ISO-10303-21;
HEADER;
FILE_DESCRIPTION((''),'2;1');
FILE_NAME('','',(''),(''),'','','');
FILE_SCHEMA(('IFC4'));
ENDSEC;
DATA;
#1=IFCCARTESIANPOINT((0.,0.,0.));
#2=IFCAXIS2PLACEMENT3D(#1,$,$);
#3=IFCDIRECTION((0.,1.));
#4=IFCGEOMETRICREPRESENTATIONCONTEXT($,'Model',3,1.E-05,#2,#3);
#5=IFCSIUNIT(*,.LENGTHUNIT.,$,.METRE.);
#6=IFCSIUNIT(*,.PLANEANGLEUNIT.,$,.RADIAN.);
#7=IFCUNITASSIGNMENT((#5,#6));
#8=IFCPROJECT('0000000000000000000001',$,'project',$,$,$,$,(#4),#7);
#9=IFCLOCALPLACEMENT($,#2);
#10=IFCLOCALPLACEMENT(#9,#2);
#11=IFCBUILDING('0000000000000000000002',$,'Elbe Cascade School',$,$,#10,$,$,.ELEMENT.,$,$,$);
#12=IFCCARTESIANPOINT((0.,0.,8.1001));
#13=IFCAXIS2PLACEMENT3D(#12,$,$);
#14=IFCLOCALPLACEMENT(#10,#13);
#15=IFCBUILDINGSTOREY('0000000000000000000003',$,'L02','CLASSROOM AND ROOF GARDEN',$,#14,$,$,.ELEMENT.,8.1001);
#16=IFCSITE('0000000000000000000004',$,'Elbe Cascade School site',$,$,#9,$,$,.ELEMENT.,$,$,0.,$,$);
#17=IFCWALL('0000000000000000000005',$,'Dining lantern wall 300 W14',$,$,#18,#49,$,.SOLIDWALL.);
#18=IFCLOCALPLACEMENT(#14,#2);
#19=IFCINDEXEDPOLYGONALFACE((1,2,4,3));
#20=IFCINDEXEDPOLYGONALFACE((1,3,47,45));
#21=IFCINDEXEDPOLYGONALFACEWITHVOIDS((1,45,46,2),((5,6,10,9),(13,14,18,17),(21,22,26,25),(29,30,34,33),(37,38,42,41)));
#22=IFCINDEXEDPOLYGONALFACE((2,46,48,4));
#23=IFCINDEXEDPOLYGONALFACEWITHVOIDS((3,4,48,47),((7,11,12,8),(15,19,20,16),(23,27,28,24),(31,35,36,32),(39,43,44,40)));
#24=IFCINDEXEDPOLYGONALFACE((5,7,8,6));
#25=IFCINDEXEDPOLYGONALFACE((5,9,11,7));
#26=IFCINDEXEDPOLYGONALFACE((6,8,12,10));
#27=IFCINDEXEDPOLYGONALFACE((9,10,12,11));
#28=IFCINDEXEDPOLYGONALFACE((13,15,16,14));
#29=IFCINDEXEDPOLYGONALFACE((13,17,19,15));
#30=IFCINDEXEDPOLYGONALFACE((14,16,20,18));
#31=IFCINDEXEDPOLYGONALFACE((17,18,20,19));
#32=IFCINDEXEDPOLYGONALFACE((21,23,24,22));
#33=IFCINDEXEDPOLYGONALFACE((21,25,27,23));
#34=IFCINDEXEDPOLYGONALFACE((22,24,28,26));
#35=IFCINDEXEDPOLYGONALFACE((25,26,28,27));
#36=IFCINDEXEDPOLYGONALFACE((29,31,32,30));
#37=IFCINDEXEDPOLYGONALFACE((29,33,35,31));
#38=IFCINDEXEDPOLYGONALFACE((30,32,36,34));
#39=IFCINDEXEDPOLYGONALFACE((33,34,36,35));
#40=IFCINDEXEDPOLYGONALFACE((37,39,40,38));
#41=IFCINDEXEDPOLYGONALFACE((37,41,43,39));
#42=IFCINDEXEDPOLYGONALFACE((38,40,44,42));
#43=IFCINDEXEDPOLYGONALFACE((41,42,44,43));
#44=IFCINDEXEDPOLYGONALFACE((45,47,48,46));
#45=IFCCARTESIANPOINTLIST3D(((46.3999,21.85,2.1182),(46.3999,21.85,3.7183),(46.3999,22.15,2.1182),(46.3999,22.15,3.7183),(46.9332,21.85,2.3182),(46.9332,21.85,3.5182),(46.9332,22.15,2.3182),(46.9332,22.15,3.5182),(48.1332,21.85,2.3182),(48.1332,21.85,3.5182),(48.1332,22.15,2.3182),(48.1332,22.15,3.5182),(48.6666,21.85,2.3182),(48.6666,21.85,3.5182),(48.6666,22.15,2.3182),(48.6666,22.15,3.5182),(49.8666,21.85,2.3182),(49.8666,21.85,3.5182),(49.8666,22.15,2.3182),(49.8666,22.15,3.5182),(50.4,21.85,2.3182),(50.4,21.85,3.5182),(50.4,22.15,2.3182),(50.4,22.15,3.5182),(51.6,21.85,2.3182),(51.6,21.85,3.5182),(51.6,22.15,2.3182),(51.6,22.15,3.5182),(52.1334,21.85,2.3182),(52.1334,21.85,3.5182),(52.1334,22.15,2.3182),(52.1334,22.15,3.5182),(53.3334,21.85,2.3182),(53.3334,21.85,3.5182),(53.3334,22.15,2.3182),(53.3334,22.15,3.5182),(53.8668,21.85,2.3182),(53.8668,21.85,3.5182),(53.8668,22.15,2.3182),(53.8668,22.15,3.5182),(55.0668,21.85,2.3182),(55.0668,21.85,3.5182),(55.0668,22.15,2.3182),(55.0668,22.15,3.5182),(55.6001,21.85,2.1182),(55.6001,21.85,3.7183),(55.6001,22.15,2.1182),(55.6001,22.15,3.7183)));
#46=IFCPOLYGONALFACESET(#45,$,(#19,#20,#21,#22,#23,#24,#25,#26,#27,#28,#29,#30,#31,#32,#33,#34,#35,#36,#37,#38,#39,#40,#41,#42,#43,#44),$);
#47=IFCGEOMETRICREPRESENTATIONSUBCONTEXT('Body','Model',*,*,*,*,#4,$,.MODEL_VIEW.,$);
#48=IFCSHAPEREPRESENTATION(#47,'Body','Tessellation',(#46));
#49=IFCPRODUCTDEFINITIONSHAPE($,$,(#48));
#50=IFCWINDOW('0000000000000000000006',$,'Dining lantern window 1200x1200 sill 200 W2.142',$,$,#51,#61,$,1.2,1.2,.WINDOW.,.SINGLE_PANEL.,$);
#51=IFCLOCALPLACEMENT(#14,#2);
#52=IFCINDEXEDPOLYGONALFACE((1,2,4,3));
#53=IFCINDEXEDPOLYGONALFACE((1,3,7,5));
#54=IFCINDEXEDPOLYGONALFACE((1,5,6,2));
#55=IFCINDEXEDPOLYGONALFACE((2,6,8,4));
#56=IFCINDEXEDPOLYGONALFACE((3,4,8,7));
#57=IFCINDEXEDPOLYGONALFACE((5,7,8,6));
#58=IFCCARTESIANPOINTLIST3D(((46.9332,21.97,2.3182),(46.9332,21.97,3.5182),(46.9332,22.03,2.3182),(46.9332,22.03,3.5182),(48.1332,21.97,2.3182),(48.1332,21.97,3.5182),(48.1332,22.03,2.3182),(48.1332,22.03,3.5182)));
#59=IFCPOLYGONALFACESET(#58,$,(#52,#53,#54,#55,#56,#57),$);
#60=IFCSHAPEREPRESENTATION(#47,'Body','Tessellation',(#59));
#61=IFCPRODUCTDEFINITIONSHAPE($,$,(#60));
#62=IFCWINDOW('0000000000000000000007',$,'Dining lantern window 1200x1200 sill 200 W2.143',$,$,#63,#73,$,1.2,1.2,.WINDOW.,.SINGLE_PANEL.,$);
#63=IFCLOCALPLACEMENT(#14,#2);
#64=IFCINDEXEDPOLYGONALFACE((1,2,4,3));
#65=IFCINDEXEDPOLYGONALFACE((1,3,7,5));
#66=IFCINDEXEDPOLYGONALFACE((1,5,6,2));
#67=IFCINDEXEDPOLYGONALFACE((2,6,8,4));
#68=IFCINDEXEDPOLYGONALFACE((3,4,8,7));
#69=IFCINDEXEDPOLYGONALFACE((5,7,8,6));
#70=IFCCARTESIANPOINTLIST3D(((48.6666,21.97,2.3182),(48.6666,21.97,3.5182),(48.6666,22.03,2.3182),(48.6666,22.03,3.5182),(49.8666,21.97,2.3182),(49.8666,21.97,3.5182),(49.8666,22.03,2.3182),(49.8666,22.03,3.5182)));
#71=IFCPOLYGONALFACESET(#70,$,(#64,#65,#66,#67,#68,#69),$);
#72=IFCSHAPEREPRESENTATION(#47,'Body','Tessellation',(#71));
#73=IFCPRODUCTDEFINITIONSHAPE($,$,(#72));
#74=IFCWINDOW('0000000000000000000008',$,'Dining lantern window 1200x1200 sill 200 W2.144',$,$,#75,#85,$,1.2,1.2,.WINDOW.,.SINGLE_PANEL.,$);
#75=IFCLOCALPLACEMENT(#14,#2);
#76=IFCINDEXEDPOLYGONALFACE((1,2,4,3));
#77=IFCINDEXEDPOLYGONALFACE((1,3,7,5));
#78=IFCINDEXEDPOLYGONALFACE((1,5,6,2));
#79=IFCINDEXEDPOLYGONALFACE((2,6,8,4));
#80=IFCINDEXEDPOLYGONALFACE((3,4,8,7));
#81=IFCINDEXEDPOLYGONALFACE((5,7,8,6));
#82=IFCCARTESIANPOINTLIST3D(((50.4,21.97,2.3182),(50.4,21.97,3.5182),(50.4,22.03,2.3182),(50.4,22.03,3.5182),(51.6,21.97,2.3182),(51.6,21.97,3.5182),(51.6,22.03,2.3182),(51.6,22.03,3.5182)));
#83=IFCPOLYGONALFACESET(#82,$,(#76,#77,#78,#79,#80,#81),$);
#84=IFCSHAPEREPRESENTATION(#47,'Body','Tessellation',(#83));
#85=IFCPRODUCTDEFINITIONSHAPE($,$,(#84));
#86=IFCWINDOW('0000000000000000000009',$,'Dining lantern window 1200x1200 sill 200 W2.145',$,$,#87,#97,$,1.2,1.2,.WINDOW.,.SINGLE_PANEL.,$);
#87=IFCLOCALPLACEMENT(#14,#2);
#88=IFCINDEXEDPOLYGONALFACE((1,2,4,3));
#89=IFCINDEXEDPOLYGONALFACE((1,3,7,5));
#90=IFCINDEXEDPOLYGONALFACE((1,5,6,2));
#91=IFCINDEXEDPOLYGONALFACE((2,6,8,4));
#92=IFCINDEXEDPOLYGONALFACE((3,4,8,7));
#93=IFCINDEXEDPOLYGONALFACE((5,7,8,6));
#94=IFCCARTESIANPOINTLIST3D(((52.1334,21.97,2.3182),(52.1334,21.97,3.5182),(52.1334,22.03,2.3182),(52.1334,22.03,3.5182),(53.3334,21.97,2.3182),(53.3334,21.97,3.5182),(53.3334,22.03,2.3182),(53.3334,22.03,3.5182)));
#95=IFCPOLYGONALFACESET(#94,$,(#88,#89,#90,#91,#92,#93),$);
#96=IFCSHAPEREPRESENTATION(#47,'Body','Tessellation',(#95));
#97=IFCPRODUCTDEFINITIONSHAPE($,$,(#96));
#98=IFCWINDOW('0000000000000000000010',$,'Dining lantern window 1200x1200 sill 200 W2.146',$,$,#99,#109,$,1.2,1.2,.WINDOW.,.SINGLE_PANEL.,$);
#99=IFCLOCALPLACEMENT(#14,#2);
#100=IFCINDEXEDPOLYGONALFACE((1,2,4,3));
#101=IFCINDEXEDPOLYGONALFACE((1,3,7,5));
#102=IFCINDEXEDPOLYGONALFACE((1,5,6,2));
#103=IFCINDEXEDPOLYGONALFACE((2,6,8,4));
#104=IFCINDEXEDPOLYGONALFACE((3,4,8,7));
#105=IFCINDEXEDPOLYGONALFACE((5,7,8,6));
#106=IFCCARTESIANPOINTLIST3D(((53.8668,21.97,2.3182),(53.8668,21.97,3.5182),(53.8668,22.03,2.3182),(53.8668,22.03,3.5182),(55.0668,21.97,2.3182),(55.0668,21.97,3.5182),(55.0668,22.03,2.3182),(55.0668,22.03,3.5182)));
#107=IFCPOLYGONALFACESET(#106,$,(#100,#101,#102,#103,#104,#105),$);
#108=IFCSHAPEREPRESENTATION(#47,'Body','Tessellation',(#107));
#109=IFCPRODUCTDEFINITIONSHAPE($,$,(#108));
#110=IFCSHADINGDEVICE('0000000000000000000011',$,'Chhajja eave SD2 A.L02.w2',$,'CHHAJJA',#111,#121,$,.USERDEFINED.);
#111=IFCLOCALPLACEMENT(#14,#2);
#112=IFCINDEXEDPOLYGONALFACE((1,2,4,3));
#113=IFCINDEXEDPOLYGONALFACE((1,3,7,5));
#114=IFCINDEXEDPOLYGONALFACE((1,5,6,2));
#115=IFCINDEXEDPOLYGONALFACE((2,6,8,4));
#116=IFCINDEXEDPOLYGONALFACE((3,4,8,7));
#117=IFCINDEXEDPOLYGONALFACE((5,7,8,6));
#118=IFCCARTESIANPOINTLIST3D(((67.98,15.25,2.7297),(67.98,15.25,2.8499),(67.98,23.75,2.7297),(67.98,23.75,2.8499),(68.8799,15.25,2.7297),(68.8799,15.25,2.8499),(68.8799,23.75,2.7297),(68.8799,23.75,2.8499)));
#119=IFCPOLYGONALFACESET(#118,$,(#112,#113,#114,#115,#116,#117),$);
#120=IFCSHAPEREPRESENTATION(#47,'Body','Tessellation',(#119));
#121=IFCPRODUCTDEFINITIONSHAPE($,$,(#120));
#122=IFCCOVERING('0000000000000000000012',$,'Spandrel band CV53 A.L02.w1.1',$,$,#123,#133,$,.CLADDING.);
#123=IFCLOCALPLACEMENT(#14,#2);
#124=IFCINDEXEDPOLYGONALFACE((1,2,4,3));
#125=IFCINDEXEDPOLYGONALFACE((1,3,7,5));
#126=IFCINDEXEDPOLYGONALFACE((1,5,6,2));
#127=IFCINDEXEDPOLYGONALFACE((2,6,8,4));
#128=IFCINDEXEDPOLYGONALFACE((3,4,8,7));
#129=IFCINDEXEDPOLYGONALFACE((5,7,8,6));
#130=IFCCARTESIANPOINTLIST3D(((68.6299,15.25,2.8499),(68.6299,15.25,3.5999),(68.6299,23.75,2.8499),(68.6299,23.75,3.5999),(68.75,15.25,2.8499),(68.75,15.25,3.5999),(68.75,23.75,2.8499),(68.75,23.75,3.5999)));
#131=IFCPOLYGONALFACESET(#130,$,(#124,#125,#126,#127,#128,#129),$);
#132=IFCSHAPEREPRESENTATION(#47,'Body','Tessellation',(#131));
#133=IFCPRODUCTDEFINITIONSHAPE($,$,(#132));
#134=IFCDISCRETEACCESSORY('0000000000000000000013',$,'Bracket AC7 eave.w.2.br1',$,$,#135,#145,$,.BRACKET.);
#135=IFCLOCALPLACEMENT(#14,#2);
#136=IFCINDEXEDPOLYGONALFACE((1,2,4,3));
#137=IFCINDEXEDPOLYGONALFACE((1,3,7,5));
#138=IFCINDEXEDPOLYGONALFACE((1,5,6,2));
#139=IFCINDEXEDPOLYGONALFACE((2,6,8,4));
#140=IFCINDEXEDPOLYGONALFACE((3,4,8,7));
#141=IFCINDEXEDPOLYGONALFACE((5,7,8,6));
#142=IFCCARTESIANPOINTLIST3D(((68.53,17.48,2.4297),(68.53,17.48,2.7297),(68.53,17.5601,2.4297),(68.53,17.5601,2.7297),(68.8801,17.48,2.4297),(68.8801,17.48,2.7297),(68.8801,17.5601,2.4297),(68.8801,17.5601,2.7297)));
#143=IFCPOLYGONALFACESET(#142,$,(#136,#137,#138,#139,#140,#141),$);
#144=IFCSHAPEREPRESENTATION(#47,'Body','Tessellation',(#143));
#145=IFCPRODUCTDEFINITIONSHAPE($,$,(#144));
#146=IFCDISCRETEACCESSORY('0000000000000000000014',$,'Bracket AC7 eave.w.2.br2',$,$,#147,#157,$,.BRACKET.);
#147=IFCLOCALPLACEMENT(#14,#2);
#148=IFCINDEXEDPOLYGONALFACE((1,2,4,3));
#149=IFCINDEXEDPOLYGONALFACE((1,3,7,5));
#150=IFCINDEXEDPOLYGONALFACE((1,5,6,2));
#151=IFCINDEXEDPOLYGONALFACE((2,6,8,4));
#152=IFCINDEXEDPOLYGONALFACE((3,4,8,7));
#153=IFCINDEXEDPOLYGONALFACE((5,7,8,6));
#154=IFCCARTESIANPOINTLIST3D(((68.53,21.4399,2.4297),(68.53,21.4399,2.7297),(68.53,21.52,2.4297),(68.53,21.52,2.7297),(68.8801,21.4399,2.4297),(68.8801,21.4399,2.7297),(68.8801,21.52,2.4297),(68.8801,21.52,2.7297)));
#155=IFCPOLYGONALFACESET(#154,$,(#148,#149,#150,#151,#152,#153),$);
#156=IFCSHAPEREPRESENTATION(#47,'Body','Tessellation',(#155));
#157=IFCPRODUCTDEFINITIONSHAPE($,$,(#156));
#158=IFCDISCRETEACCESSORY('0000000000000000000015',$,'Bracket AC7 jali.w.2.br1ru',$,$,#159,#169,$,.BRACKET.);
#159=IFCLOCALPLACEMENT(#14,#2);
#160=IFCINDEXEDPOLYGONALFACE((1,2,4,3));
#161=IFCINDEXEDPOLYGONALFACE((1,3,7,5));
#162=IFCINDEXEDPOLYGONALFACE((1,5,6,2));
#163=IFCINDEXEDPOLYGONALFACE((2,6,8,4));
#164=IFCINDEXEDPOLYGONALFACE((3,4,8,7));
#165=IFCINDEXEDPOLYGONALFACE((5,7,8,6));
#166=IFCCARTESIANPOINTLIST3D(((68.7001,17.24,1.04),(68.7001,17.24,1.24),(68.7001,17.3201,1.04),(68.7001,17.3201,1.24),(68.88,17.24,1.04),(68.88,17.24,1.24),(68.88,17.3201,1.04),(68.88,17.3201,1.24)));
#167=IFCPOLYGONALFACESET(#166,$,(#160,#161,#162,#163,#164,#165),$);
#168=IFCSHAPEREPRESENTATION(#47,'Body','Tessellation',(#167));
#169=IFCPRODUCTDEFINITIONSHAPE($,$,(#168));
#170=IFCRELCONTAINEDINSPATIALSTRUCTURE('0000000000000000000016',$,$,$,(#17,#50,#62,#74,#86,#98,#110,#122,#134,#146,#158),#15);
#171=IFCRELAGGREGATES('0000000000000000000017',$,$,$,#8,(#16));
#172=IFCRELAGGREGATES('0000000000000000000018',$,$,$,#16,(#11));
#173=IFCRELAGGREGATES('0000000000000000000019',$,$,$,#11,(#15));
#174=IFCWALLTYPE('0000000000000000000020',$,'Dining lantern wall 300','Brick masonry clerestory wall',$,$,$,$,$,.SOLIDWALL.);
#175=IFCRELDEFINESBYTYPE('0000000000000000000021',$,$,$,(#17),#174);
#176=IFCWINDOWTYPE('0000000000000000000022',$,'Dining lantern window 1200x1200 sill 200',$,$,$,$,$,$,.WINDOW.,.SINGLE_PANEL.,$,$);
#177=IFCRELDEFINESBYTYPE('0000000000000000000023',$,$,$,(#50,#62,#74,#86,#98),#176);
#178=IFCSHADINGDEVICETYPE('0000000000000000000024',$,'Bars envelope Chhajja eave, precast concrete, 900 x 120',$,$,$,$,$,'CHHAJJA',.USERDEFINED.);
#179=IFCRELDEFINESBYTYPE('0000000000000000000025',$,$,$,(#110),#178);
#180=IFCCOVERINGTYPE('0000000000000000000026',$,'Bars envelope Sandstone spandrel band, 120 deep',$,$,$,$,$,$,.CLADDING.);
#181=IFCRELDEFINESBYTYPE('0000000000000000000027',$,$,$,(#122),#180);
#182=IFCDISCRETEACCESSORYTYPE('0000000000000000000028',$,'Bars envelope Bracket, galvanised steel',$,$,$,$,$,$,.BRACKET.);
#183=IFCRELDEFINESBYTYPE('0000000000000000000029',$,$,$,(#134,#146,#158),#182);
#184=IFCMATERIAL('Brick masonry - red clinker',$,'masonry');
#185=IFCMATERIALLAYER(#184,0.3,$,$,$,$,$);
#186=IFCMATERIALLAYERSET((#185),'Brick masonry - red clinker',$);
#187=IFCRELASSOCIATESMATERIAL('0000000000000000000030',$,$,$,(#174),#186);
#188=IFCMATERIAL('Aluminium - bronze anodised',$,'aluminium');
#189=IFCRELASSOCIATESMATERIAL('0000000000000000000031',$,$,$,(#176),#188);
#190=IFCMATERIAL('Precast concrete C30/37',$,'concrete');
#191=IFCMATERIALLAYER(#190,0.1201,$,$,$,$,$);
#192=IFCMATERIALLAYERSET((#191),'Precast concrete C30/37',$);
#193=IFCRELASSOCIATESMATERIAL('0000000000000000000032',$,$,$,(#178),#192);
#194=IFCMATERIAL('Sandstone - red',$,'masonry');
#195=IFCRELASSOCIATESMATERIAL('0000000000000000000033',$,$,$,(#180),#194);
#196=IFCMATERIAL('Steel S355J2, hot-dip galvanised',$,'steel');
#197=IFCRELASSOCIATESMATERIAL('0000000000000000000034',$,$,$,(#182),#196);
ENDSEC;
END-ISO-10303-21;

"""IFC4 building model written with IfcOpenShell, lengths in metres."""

from ifc_helpers import new_model, si_unit, direction, frame, frame_2d, origin, origin_2d, place, context, subcontext, project, spatial, rectangle, extrude, material, layer, layer_set, type_object, element, fill, save


model = new_model("IFC4")

# Units and contexts
model_context = context("Model", 3, precision=1e-05, world=origin(), true_north=direction((0.0, 1.0)))
body_context = subcontext(model_context, "Body", "Model", "MODEL_VIEW")
ifc_project = project(units=[si_unit("LENGTHUNIT", "METRE"), si_unit("PLANEANGLEUNIT", "RADIAN")], contexts=[model_context])

# Site, building, storey
site_placement = place(None, origin())
site = spatial("IfcSite", under=ifc_project, at=site_placement, Name="Elbe Cascade School site", CompositionType="ELEMENT", RefElevation=0.0)
building_placement = place(site_placement, origin())
building = spatial("IfcBuilding", under=site, at=building_placement, Name="Elbe Cascade School", CompositionType="ELEMENT")
storey_placement = place(building_placement, frame((0.0, 0.0, 8.1001)))
storey = spatial("IfcBuildingStorey", under=building, at=storey_placement, Name="L02", Description="CLASSROOM AND ROOF GARDEN", CompositionType="ELEMENT", Elevation=8.1001)

# Wall, openings, windows
ifc_material_1 = material(Name="Brick masonry - red clinker", Category="masonry")
ifc_layer_1 = layer(ifc_material_1, 0.3)
ifc_layer_set_1 = layer_set([ifc_layer_1], Name="Brick masonry - red clinker")
wall_type = type_object("IfcWallType", Name="Dining lantern wall 300", Description="Brick masonry clerestory wall", PredefinedType="SOLIDWALL", material=ifc_layer_set_1)
wall_placement = place(storey_placement, frame((55.6001, 22.0, 2.1182), z_axis=(0.0, 0.0, 1.0), x_axis=(-1.0, 0.0, 0.0)))
wall = element("IfcWall", 1, at=wall_placement, inside=storey, type_object=wall_type, Name="Dining lantern wall 300 W14", PredefinedType="SOLIDWALL", context=body_context, shape_type="SweptSolid", body=[
    extrude(rectangle(XDim=9.2002, YDim=0.3, at=frame_2d((4.6001, 0.0))), origin(), (0.0, 0.0, 1.0), 1.6001),
])
opening_1_placement = place(wall_placement, frame((7.4668, 0.0, 0.2)))
opening_1 = element("IfcOpeningElement", 2, at=opening_1_placement, cuts=wall, PredefinedType="OPENING", context=body_context, shape_type="SweptSolid", body=[
    extrude(rectangle(XDim=1.2, YDim=1.2, at=frame_2d((0.6001, 0.6001))), frame((0.0, 0.1599, 0.0), z_axis=(0.0, -1.0, 0.0), x_axis=(1.0, 0.0, 0.0)), (0.0, 0.0, 1.0), 0.3201),
])
opening_2_placement = place(wall_placement, frame((5.7334, 0.0, 0.2)))
opening_2 = element("IfcOpeningElement", 3, at=opening_2_placement, cuts=wall, PredefinedType="OPENING", context=body_context, shape_type="SweptSolid", body=[
    extrude(rectangle(XDim=1.2, YDim=1.2, at=frame_2d((0.6001, 0.6001))), frame((0.0, 0.1599, 0.0), z_axis=(0.0, -1.0, 0.0), x_axis=(1.0, 0.0, 0.0)), (0.0, 0.0, 1.0), 0.3201),
])
opening_3_placement = place(wall_placement, frame((4.0, 0.0, 0.2)))
opening_3 = element("IfcOpeningElement", 4, at=opening_3_placement, cuts=wall, PredefinedType="OPENING", context=body_context, shape_type="SweptSolid", body=[
    extrude(rectangle(XDim=1.2, YDim=1.2, at=frame_2d((0.6001, 0.6001))), frame((0.0, 0.1599, 0.0), z_axis=(0.0, -1.0, 0.0), x_axis=(1.0, 0.0, 0.0)), (0.0, 0.0, 1.0), 0.3201),
])
opening_4_placement = place(wall_placement, frame((2.2666, 0.0, 0.2)))
opening_4 = element("IfcOpeningElement", 5, at=opening_4_placement, cuts=wall, PredefinedType="OPENING", context=body_context, shape_type="SweptSolid", body=[
    extrude(rectangle(XDim=1.2, YDim=1.2, at=frame_2d((0.6001, 0.6001))), frame((0.0, 0.1599, 0.0), z_axis=(0.0, -1.0, 0.0), x_axis=(1.0, 0.0, 0.0)), (0.0, 0.0, 1.0), 0.3201),
])
opening_5_placement = place(wall_placement, frame((0.5332, 0.0, 0.2)))
opening_5 = element("IfcOpeningElement", 6, at=opening_5_placement, cuts=wall, PredefinedType="OPENING", context=body_context, shape_type="SweptSolid", body=[
    extrude(rectangle(XDim=1.2, YDim=1.2, at=frame_2d((0.6001, 0.6001))), frame((0.0, 0.1599, 0.0), z_axis=(0.0, -1.0, 0.0), x_axis=(1.0, 0.0, 0.0)), (0.0, 0.0, 1.0), 0.3201),
])
ifc_material_2 = material(Name="Aluminium - bronze anodised", Category="aluminium")
window_type = type_object("IfcWindowType", Name="Dining lantern window 1200x1200 sill 200", PartitioningType="SINGLE_PANEL", PredefinedType="WINDOW", material=ifc_material_2)
window_1_placement = place(opening_1_placement, origin())
window_1 = element("IfcWindow", 7, at=window_1_placement, inside=storey, type_object=window_type, Name="Dining lantern window 1200x1200 sill 200 W2.142", OverallHeight=1.2, OverallWidth=1.2, PartitioningType="SINGLE_PANEL", PredefinedType="WINDOW", context=body_context, shape_type="SweptSolid", body=[
    extrude(rectangle(XDim=1.2, YDim=1.2, at=frame_2d((0.6001, 0.6001))), frame((0.0, 0.03, 0.0), z_axis=(0.0, -1.0, 0.0), x_axis=(1.0, 0.0, 0.0)), (0.0, 0.0, 1.0), 0.0601),
])
fill(opening_1, window_1)
window_2_placement = place(opening_2_placement, origin())
window_2 = element("IfcWindow", 8, at=window_2_placement, inside=storey, type_object=window_type, Name="Dining lantern window 1200x1200 sill 200 W2.143", OverallHeight=1.2, OverallWidth=1.2, PartitioningType="SINGLE_PANEL", PredefinedType="WINDOW", context=body_context, shape_type="SweptSolid", body=[
    extrude(rectangle(XDim=1.2, YDim=1.2, at=frame_2d((0.6001, 0.6001))), frame((0.0, 0.03, 0.0), z_axis=(0.0, -1.0, 0.0), x_axis=(1.0, 0.0, 0.0)), (0.0, 0.0, 1.0), 0.0601),
])
fill(opening_2, window_2)
window_3_placement = place(opening_3_placement, origin())
window_3 = element("IfcWindow", 9, at=window_3_placement, inside=storey, type_object=window_type, Name="Dining lantern window 1200x1200 sill 200 W2.144", OverallHeight=1.2, OverallWidth=1.2, PartitioningType="SINGLE_PANEL", PredefinedType="WINDOW", context=body_context, shape_type="SweptSolid", body=[
    extrude(rectangle(XDim=1.2, YDim=1.2, at=frame_2d((0.6001, 0.6001))), frame((0.0, 0.03, 0.0), z_axis=(0.0, -1.0, 0.0), x_axis=(1.0, 0.0, 0.0)), (0.0, 0.0, 1.0), 0.0601),
])
fill(opening_3, window_3)
window_4_placement = place(opening_4_placement, origin())
window_4 = element("IfcWindow", 10, at=window_4_placement, inside=storey, type_object=window_type, Name="Dining lantern window 1200x1200 sill 200 W2.145", OverallHeight=1.2, OverallWidth=1.2, PartitioningType="SINGLE_PANEL", PredefinedType="WINDOW", context=body_context, shape_type="SweptSolid", body=[
    extrude(rectangle(XDim=1.2, YDim=1.2, at=frame_2d((0.6001, 0.6001))), frame((0.0, 0.03, 0.0), z_axis=(0.0, -1.0, 0.0), x_axis=(1.0, 0.0, 0.0)), (0.0, 0.0, 1.0), 0.0601),
])
fill(opening_4, window_4)
window_5_placement = place(opening_5_placement, origin())
window_5 = element("IfcWindow", 11, at=window_5_placement, inside=storey, type_object=window_type, Name="Dining lantern window 1200x1200 sill 200 W2.146", OverallHeight=1.2, OverallWidth=1.2, PartitioningType="SINGLE_PANEL", PredefinedType="WINDOW", context=body_context, shape_type="SweptSolid", body=[
    extrude(rectangle(XDim=1.2, YDim=1.2, at=frame_2d((0.6001, 0.6001))), frame((0.0, 0.03, 0.0), z_axis=(0.0, -1.0, 0.0), x_axis=(1.0, 0.0, 0.0)), (0.0, 0.0, 1.0), 0.0601),
])
fill(opening_5, window_5)

# Shading device
ifc_material_3 = material(Name="Precast concrete C30/37", Category="concrete")
ifc_layer_2 = layer(ifc_material_3, 0.1201)
ifc_layer_set_2 = layer_set([ifc_layer_2], Name="Precast concrete C30/37")
shading_device_type_1 = type_object("IfcShadingDeviceType", Name="Bars envelope Chhajja eave, precast concrete, 900 x 120", ElementType="CHHAJJA", PredefinedType="USERDEFINED", material=ifc_layer_set_2)
shading_device_1_placement = place(storey_placement, frame((68.4299, 19.5, 2.7297), z_axis=(0.0, 0.0, 1.0), x_axis=(0.0, 1.0, 0.0)))
element("IfcShadingDevice", 12, at=shading_device_1_placement, inside=storey, type_object=shading_device_type_1, Name="Chhajja eave SD2 A.L02.w2", ObjectType="CHHAJJA", PredefinedType="USERDEFINED", context=body_context, shape_type="SweptSolid", body=[
    extrude(rectangle(XDim=8.5, YDim=0.8999, at=origin_2d()), origin(), (0.0, 0.0, 1.0), 0.1201),
])

# Covering
ifc_material_4 = material(Name="Sandstone - red", Category="masonry")
covering_type = type_object("IfcCoveringType", Name="Bars envelope Sandstone spandrel band, 120 deep", PredefinedType="CLADDING", material=ifc_material_4)
covering_placement = place(storey_placement, frame((68.6899, 19.5, 2.8499), z_axis=(0.0, 0.0, 1.0), x_axis=(0.0, 1.0, 0.0)))
element("IfcCovering", 13, at=covering_placement, inside=storey, type_object=covering_type, Name="Spandrel band CV53 A.L02.w1.1", PredefinedType="CLADDING", context=body_context, shape_type="SweptSolid", body=[
    extrude(rectangle(XDim=8.5, YDim=0.1201, at=origin_2d()), origin(), (0.0, 0.0, 1.0), 0.75),
])

# Discrete accessories
ifc_material_5 = material(Name="Steel S355J2, hot-dip galvanised", Category="steel")
discrete_accessory_type = type_object("IfcDiscreteAccessoryType", Name="Bars envelope Bracket, galvanised steel", PredefinedType="BRACKET", material=ifc_material_5)
for number, where, z_axis, x_axis, name in (
    (14, (68.7051, 17.52, 2.4297), (0.0, 0.0, 1.0), (0.0, 1.0, 0.0), "Bracket AC7 eave.w.2.br1"),
    (15, (68.7051, 21.48, 2.4297), (0.0, 0.0, 1.0), (0.0, 1.0, 0.0), "Bracket AC7 eave.w.2.br2"),
):
    element("IfcDiscreteAccessory", number, at=place(storey_placement, frame(where, z_axis=z_axis, x_axis=x_axis)), inside=storey, type_object=discrete_accessory_type, Name=name, PredefinedType="BRACKET", context=body_context, shape_type="SweptSolid", body=[
        extrude(rectangle(XDim=0.0801, YDim=0.3501, at=origin_2d()), origin(), (0.0, 0.0, 1.0), 0.3),
    ])
for number, where, z_axis, x_axis, name in (
    (16, (68.79, 17.28, 1.04), (0.0, 0.0, 1.0), (0.0, 1.0, 0.0), "Bracket AC7 jali.w.2.br1ru"),
):
    element("IfcDiscreteAccessory", number, at=place(storey_placement, frame(where, z_axis=z_axis, x_axis=x_axis)), inside=storey, type_object=discrete_accessory_type, Name=name, PredefinedType="BRACKET", context=body_context, shape_type="SweptSolid", body=[
        extrude(rectangle(XDim=0.0801, YDim=0.1799, at=origin_2d()), origin(), (0.0, 0.0, 1.0), 0.2),
    ])

save(model, "model.ifc")
